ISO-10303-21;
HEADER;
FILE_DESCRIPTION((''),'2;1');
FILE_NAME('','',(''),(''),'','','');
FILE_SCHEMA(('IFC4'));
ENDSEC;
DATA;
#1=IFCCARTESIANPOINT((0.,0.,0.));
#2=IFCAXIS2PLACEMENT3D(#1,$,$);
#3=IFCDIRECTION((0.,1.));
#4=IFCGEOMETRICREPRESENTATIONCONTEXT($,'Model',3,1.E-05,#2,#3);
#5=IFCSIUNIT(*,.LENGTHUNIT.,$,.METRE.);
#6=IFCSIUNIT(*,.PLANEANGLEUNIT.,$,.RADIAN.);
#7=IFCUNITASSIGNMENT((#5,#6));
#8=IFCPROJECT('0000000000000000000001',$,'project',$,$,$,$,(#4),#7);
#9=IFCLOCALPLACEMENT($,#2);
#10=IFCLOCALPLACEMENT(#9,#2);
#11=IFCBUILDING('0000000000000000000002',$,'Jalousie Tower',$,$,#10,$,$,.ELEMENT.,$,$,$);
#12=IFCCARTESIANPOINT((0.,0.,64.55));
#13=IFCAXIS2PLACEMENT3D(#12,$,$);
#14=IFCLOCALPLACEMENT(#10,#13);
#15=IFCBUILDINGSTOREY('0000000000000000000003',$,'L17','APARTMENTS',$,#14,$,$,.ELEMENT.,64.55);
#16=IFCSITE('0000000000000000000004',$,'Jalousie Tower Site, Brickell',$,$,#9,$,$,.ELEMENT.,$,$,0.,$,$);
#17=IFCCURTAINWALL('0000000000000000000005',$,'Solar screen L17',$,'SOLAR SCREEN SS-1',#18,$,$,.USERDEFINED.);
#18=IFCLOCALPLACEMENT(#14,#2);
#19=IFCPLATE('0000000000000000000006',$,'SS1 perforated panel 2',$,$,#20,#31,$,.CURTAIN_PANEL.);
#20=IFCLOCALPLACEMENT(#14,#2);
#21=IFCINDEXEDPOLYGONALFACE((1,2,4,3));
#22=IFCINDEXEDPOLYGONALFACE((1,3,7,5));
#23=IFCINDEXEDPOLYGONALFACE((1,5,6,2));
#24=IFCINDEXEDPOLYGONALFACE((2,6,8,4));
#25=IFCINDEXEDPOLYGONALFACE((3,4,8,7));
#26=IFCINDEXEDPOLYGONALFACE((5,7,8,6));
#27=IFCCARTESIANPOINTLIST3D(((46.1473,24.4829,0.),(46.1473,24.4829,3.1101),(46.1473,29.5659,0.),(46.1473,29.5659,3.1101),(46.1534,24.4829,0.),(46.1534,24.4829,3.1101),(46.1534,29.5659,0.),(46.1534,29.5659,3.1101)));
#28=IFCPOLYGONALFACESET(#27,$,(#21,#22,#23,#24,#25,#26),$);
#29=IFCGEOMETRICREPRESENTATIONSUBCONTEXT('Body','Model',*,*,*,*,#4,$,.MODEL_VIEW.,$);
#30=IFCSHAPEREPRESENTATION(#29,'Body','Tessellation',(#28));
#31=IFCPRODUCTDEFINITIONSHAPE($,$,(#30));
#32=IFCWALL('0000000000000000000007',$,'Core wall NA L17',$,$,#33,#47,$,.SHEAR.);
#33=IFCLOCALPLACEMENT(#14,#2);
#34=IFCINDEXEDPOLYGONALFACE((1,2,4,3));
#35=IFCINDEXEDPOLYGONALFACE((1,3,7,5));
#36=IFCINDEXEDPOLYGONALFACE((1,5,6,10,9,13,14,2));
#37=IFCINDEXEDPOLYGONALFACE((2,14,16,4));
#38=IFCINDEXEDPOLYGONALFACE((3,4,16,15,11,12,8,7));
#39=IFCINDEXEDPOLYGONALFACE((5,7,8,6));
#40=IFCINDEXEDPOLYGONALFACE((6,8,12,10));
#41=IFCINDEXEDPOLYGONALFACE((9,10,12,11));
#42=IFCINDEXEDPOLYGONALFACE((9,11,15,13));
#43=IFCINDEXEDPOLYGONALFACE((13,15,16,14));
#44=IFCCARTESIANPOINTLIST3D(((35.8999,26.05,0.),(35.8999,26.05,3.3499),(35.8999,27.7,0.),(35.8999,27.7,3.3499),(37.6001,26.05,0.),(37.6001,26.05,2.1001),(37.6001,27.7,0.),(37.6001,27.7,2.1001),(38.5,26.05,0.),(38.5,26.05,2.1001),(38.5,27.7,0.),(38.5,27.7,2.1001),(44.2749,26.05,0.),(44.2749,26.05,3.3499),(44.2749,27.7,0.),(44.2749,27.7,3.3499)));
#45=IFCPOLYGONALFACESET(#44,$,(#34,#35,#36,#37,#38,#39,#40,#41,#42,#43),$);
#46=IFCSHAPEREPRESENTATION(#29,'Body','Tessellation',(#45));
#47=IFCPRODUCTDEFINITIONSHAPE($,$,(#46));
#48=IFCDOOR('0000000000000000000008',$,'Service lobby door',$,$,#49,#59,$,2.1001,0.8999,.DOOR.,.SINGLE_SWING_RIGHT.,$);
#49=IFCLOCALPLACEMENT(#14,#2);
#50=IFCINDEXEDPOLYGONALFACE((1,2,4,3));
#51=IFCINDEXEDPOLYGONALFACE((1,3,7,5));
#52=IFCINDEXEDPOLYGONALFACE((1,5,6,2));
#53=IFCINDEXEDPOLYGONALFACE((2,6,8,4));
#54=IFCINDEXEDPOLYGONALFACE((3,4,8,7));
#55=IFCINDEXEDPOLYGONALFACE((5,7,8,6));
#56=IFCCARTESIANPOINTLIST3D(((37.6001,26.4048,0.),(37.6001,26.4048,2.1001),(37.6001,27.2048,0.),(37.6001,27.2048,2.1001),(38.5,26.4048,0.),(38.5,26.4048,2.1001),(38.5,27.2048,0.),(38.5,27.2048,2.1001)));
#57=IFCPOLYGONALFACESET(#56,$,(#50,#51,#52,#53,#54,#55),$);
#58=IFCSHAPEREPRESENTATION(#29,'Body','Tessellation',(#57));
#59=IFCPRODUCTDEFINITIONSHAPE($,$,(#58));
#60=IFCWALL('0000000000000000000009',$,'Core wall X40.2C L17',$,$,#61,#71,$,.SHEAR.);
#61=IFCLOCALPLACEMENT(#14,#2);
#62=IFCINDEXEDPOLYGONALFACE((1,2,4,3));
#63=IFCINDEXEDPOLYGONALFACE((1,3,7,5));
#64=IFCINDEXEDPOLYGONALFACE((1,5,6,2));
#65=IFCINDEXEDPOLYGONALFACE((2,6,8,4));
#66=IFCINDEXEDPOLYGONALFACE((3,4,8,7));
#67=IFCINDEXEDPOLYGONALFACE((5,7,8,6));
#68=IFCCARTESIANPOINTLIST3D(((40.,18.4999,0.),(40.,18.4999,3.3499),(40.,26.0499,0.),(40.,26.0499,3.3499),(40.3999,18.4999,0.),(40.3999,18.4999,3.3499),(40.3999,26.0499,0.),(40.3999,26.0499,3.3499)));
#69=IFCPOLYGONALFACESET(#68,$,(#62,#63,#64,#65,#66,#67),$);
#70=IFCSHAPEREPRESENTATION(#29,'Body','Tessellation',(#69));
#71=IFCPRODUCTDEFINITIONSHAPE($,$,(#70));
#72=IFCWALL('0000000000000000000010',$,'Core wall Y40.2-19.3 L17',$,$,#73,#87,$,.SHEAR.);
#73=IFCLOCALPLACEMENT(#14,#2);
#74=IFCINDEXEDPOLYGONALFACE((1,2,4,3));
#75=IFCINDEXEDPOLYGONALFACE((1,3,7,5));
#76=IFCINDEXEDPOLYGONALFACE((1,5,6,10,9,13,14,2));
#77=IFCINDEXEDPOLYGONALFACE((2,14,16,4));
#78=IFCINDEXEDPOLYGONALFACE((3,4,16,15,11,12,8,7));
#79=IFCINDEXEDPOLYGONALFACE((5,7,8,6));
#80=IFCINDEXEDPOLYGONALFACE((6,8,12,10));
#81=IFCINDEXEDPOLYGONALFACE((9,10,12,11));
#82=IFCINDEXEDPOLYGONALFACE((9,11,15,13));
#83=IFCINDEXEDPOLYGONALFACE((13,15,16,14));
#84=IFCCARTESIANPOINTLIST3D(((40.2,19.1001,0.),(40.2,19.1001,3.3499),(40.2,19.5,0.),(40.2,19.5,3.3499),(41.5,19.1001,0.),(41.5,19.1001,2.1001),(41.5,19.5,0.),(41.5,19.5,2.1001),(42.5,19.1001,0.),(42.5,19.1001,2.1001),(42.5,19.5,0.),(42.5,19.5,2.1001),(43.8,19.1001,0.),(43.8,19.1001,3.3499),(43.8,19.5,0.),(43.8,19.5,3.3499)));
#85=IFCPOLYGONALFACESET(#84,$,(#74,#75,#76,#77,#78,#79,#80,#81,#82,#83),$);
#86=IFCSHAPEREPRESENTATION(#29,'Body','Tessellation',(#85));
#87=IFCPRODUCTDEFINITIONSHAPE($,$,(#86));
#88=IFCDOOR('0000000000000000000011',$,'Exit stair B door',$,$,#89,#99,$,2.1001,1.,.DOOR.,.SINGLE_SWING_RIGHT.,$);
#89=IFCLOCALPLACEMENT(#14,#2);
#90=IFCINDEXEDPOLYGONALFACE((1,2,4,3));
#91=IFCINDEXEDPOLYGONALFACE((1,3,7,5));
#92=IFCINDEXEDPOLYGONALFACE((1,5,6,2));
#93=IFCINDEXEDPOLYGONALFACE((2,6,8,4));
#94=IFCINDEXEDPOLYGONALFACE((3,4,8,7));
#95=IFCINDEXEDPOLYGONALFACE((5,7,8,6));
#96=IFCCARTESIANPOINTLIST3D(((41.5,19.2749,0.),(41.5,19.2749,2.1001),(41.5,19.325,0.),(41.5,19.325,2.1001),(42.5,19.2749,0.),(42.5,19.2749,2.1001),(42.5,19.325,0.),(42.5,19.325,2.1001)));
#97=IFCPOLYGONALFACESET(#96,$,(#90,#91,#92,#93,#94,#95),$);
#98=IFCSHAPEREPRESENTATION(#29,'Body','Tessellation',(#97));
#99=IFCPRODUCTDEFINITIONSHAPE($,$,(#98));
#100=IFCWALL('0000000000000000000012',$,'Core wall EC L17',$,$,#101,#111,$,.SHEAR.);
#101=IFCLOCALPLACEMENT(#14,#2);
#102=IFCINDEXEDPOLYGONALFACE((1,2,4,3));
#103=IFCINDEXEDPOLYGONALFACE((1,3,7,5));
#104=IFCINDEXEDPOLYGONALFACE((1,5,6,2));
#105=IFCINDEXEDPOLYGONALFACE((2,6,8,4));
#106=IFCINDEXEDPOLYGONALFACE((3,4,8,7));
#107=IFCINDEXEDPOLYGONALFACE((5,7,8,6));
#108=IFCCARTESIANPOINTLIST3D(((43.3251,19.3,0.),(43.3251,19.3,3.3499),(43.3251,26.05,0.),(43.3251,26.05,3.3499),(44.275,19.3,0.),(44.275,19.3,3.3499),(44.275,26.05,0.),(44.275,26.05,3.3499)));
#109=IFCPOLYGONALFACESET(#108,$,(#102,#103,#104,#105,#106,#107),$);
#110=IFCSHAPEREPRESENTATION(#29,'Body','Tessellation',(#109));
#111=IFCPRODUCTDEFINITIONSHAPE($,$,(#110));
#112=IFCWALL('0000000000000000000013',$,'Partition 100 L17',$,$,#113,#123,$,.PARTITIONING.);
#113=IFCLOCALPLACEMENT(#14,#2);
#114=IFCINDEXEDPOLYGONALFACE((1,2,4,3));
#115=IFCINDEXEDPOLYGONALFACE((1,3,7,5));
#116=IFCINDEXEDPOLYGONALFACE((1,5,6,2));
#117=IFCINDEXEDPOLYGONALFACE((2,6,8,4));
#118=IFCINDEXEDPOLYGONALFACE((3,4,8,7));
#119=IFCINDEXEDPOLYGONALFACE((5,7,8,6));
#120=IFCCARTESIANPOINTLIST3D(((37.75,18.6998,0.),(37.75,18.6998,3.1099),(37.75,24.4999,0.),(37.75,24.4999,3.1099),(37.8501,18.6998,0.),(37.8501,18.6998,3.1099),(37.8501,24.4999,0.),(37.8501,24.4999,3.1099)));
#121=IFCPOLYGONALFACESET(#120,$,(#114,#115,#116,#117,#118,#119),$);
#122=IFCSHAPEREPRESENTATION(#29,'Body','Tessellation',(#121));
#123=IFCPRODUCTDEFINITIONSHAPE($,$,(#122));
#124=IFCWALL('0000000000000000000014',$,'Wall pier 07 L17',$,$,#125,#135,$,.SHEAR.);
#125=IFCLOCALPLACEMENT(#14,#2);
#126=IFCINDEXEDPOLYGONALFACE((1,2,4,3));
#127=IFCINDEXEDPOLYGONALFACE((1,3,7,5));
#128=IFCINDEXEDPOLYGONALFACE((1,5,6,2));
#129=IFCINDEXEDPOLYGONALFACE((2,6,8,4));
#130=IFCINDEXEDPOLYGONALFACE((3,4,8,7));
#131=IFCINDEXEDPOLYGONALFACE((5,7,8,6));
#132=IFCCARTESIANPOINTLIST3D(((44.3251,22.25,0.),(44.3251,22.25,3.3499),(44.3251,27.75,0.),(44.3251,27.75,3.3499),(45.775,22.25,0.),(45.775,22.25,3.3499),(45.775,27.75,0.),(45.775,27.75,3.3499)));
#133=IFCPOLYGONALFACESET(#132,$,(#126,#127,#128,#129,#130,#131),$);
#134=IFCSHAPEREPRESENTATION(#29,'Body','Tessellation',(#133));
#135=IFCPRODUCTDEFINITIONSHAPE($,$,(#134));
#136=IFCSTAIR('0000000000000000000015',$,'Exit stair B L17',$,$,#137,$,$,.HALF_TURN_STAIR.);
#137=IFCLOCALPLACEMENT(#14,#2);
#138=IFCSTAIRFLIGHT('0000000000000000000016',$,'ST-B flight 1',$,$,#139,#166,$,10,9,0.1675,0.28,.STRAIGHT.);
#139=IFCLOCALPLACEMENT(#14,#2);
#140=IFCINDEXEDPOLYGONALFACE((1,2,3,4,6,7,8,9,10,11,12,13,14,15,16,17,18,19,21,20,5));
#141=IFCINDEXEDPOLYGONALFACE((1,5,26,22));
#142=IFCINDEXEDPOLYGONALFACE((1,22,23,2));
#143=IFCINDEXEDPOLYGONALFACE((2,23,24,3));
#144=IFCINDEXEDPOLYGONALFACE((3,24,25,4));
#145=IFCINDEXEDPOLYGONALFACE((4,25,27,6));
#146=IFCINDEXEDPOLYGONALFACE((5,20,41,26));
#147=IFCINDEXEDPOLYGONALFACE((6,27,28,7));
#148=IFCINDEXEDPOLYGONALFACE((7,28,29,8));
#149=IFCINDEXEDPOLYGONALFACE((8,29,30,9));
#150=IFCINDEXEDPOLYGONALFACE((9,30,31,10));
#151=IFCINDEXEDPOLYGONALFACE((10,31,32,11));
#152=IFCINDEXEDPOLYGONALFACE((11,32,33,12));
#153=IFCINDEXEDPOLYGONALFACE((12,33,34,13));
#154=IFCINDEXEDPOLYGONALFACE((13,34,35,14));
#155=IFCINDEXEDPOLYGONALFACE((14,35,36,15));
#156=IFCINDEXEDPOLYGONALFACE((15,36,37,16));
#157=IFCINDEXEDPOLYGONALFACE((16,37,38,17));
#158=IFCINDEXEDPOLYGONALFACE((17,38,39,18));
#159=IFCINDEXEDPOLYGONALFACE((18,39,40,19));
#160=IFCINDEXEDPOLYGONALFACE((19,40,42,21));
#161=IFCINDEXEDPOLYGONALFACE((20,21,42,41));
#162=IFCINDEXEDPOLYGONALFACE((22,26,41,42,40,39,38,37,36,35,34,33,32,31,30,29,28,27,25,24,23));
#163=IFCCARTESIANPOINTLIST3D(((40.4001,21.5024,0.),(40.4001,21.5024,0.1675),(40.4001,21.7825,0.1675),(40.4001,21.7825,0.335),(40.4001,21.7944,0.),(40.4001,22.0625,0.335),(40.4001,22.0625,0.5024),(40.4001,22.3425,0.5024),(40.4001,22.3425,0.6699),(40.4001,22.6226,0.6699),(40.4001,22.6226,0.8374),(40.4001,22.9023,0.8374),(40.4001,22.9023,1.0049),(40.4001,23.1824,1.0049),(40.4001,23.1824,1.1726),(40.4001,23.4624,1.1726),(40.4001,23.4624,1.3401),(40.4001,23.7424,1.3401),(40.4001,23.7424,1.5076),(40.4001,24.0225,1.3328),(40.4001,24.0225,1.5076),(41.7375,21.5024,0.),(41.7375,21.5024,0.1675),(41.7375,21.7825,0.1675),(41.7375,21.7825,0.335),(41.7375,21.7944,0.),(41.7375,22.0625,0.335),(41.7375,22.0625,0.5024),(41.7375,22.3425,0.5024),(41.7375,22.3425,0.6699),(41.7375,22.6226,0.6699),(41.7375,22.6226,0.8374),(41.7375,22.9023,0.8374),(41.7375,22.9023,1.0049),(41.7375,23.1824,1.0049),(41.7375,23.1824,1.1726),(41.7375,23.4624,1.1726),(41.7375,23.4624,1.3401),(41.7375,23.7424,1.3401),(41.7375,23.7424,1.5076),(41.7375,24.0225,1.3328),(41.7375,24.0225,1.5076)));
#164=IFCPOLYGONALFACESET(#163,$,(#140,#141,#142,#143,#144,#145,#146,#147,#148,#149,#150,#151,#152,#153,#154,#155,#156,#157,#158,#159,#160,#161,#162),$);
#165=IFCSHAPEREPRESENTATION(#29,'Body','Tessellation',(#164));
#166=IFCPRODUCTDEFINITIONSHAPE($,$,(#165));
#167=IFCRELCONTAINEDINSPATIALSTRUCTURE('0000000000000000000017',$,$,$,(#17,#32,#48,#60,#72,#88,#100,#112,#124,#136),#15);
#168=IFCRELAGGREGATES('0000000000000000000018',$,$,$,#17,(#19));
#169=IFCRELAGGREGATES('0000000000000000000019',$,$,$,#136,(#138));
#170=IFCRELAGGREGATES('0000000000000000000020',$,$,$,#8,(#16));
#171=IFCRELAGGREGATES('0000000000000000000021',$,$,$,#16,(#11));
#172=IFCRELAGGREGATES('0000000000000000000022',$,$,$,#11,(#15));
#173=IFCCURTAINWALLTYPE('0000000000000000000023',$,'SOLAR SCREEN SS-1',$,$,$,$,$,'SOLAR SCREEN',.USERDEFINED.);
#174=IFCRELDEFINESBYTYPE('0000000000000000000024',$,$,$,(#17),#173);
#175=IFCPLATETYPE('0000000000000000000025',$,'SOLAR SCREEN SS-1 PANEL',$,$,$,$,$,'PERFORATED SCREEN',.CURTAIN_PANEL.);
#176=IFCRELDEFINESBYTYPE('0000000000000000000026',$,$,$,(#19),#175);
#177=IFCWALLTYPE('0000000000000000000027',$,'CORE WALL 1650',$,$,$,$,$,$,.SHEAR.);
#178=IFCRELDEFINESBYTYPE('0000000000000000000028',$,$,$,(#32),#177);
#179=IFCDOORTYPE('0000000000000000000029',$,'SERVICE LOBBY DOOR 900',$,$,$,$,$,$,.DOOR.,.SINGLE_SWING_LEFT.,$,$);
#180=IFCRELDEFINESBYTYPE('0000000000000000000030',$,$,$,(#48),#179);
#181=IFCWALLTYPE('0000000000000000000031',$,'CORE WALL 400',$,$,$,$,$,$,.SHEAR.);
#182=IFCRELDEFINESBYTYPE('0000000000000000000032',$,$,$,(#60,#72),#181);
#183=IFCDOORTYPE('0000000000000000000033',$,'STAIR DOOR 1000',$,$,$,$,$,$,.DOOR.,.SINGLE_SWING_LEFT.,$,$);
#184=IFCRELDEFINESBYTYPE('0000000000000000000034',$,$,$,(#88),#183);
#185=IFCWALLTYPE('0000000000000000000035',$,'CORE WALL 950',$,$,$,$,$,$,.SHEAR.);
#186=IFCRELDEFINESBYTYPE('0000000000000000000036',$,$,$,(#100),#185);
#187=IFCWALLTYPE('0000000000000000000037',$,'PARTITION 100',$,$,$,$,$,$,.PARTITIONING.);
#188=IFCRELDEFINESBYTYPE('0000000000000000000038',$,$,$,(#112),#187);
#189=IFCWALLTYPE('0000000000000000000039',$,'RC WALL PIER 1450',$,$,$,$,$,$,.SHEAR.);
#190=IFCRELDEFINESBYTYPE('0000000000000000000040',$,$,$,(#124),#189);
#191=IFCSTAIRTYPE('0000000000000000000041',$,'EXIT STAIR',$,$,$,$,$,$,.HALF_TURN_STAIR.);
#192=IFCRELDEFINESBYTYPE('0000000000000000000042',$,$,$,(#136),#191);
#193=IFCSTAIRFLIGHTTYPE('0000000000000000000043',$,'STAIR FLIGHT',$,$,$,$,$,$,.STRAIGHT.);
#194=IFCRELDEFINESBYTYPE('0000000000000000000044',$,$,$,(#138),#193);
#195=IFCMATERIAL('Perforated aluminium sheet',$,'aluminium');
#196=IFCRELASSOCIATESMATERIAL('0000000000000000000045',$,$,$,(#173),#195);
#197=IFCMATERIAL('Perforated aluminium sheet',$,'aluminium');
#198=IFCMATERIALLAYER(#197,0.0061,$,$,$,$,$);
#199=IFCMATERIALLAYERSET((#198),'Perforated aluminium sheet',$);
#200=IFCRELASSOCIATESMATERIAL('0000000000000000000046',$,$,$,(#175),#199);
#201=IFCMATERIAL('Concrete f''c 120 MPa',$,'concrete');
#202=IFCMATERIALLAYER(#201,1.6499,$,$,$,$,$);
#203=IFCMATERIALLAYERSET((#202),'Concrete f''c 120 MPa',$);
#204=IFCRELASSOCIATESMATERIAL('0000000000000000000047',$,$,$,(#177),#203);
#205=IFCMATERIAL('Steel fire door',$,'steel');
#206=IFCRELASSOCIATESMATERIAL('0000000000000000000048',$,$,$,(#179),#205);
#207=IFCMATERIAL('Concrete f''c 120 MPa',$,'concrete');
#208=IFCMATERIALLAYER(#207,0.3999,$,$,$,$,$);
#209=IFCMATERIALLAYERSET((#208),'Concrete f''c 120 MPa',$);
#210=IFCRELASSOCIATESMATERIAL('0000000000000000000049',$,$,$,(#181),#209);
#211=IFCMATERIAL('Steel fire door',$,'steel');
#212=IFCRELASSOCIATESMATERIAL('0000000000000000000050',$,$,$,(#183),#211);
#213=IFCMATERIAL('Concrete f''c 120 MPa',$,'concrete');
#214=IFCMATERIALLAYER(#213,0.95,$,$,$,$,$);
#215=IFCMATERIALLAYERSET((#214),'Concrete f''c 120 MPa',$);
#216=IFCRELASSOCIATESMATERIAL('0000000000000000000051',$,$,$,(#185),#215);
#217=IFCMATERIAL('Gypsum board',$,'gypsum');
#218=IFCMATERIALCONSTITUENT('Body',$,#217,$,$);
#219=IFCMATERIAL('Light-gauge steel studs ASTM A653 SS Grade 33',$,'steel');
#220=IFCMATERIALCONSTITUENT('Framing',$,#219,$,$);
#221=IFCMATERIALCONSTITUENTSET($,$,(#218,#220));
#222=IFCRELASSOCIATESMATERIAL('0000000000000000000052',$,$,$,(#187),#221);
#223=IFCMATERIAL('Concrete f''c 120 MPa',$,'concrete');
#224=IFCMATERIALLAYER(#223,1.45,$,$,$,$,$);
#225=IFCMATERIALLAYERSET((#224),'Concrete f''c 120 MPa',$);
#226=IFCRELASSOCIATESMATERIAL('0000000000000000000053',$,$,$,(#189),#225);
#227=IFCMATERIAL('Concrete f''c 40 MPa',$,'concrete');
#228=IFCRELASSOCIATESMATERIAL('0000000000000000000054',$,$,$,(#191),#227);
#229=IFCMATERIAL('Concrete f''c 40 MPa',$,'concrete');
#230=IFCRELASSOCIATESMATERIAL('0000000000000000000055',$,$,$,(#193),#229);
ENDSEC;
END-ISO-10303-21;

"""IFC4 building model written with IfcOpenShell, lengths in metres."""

from ifc_helpers import new_model, si_unit, direction, frame, frame_2d, origin, origin_2d, place, context, subcontext, project, spatial, polyline, rectangle, outline, extrude, material, layer, layer_set, constituent, constituent_set, type_object, element, fill, aggregate, save


model = new_model("IFC4")

# Units and contexts
model_context = context("Model", 3, precision=1e-05, world=origin(), true_north=direction((0.0, 1.0)))
body_context = subcontext(model_context, "Body", "Model", "MODEL_VIEW")
ifc_project = project(units=[si_unit("LENGTHUNIT", "METRE"), si_unit("PLANEANGLEUNIT", "RADIAN")], contexts=[model_context])

# Site, building, storey
site_placement = place(None, origin())
site = spatial("IfcSite", under=ifc_project, at=site_placement, Name="Jalousie Tower Site, Brickell", CompositionType="ELEMENT", RefElevation=0.0)
building_placement = place(site_placement, origin())
building = spatial("IfcBuilding", under=site, at=building_placement, Name="Jalousie Tower", CompositionType="ELEMENT")
storey_placement = place(building_placement, frame((0.0, 0.0, 64.55)))
storey = spatial("IfcBuildingStorey", under=building, at=storey_placement, Name="L17", Description="APARTMENTS", CompositionType="ELEMENT", Elevation=64.55)

# Shared definitions
ifc_material_1 = material(Name="Perforated aluminium sheet", Category="aluminium")
curtain_wall_type = type_object("IfcCurtainWallType", Name="SOLAR SCREEN SS-1", ElementType="SOLAR SCREEN", PredefinedType="USERDEFINED", material=ifc_material_1)

# Curtain wall, plate
curtain_wall_1_placement = place(storey_placement, origin())
curtain_wall_1 = element("IfcCurtainWall", 1, at=curtain_wall_1_placement, inside=storey, type_object=curtain_wall_type, Name="Solar screen L17", ObjectType="SOLAR SCREEN SS-1", PredefinedType="USERDEFINED")
ifc_material_2 = material(Name="Perforated aluminium sheet", Category="aluminium")
ifc_layer_1 = layer(ifc_material_2, 0.0061)
ifc_layer_set_1 = layer_set([ifc_layer_1], Name="Perforated aluminium sheet")
plate_type = type_object("IfcPlateType", Name="SOLAR SCREEN SS-1 PANEL", ElementType="PERFORATED SCREEN", PredefinedType="CURTAIN_PANEL", material=ifc_layer_set_1)
plate_1_placement = place(storey_placement, frame((46.1504, 27.0244, 0.0), z_axis=(0.0, 0.0, 1.0), x_axis=(0.0, 1.0, 0.0)))
plate_1 = element("IfcPlate", 2, at=plate_1_placement, type_object=plate_type, Name="SS1 perforated panel 2", PredefinedType="CURTAIN_PANEL", context=body_context, shape_type="SweptSolid", body=[
    extrude(rectangle(XDim=5.083, YDim=0.0061, at=origin_2d()), origin(), (0.0, 0.0, 1.0), 3.1101),
])
aggregate(curtain_wall_1, [plate_1])

# Wall, opening, door
ifc_material_3 = material(Name="Concrete f'c 120 MPa", Category="concrete")
ifc_layer_2 = layer(ifc_material_3, 1.6499)
ifc_layer_set_2 = layer_set([ifc_layer_2], Name="Concrete f'c 120 MPa")
wall_type_1 = type_object("IfcWallType", Name="CORE WALL 1650", PredefinedType="SHEAR", material=ifc_layer_set_2)
wall_1_placement = place(storey_placement, frame((44.2749, 26.875, 0.0), z_axis=(0.0, 0.0, 1.0), x_axis=(-1.0, 0.0, 0.0)))
wall_1 = element("IfcWall", 3, at=wall_1_placement, inside=storey, type_object=wall_type_1, Name="Core wall NA L17", PredefinedType="SHEAR", context=body_context, shape_type="SweptSolid", body=[
    extrude(rectangle(XDim=8.375, YDim=1.6499, at=frame_2d((4.1875, 0.0))), origin(), (0.0, 0.0, 1.0), 3.3499),
])
opening_1_placement = place(wall_1_placement, frame((5.7749, 0.0, 0.0)))
opening_1 = element("IfcOpeningElement", 4, at=opening_1_placement, cuts=wall_1, PredefinedType="OPENING", context=body_context, shape_type="SweptSolid", body=[
    extrude(rectangle(XDim=0.8999, YDim=2.1001, at=frame_2d((0.45, 1.05))), frame((0.0, 0.835, 0.0), z_axis=(0.0, -1.0, 0.0), x_axis=(1.0, 0.0, 0.0)), (0.0, 0.0, 1.0), 1.6699),
])
ifc_material_4 = material(Name="Steel fire door", Category="steel")
door_type_1 = type_object("IfcDoorType", Name="SERVICE LOBBY DOOR 900", OperationType="SINGLE_SWING_LEFT", PredefinedType="DOOR", material=ifc_material_4)
door_1_placement = place(opening_1_placement, origin())
door_1 = element("IfcDoor", 5, at=door_1_placement, inside=storey, type_object=door_type_1, Name="Service lobby door", OperationType="SINGLE_SWING_RIGHT", OverallHeight=2.1001, OverallWidth=0.8999, PredefinedType="DOOR", context=body_context, shape_type="SweptSolid", body=[
    extrude(rectangle(XDim=0.8999, YDim=2.1001, at=frame_2d((0.45, 1.05))), frame((0.0, 0.4702, 0.0), z_axis=(0.0, -1.0, 0.0), x_axis=(1.0, 0.0, 0.0)), (0.0, 0.0, 1.0), 0.8),
])
fill(opening_1, door_1)

# Wall
ifc_material_5 = material(Name="Concrete f'c 120 MPa", Category="concrete")
ifc_layer_3 = layer(ifc_material_5, 0.3999)
ifc_layer_set_3 = layer_set([ifc_layer_3], Name="Concrete f'c 120 MPa")
wall_type_2 = type_object("IfcWallType", Name="CORE WALL 400", PredefinedType="SHEAR", material=ifc_layer_set_3)
wall_2_placement = place(storey_placement, frame((40.2, 18.5, 0.0), z_axis=(0.0, 0.0, 1.0), x_axis=(0.0, 1.0, 0.0)))
element("IfcWall", 6, at=wall_2_placement, inside=storey, type_object=wall_type_2, Name="Core wall X40.2C L17", PredefinedType="SHEAR", context=body_context, shape_type="SweptSolid", body=[
    extrude(rectangle(XDim=7.55, YDim=0.3999, at=frame_2d((3.7749, 0.0))), origin(), (0.0, 0.0, 1.0), 3.3499),
])

# Wall, opening, door
wall_3_placement = place(storey_placement, frame((40.2, 19.3, 0.0), z_axis=(0.0, 0.0, 1.0), x_axis=(1.0, 0.0, 0.0)))
wall_3 = element("IfcWall", 7, at=wall_3_placement, inside=storey, type_object=wall_type_2, Name="Core wall Y40.2-19.3 L17", PredefinedType="SHEAR", context=body_context, shape_type="SweptSolid", body=[
    extrude(rectangle(XDim=3.6001, YDim=0.3999, at=frame_2d((1.8, 0.0))), origin(), (0.0, 0.0, 1.0), 3.3499),
])
opening_2_placement = place(wall_3_placement, frame((1.3, 0.0, 0.0)))
opening_2 = element("IfcOpeningElement", 8, at=opening_2_placement, cuts=wall_3, PredefinedType="OPENING", context=body_context, shape_type="SweptSolid", body=[
    extrude(rectangle(XDim=1.0, YDim=2.1001, at=frame_2d((0.5, 1.05))), frame((0.0, 0.21, 0.0), z_axis=(0.0, -1.0, 0.0), x_axis=(1.0, 0.0, 0.0)), (0.0, 0.0, 1.0), 0.4199),
])
ifc_material_6 = material(Name="Steel fire door", Category="steel")
door_type_2 = type_object("IfcDoorType", Name="STAIR DOOR 1000", OperationType="SINGLE_SWING_LEFT", PredefinedType="DOOR", material=ifc_material_6)
door_2_placement = place(opening_2_placement, origin())
door_2 = element("IfcDoor", 9, at=door_2_placement, inside=storey, type_object=door_type_2, Name="Exit stair B door", OperationType="SINGLE_SWING_RIGHT", OverallHeight=2.1001, OverallWidth=1.0, PredefinedType="DOOR", context=body_context, shape_type="SweptSolid", body=[
    extrude(rectangle(XDim=1.0, YDim=2.1001, at=frame_2d((0.5, 1.05))), frame((0.0, 0.0249, 0.0), z_axis=(0.0, -1.0, 0.0), x_axis=(1.0, 0.0, 0.0)), (0.0, 0.0, 1.0), 0.05),
])
fill(opening_2, door_2)

# Walls
ifc_material_7 = material(Name="Concrete f'c 120 MPa", Category="concrete")
ifc_layer_4 = layer(ifc_material_7, 0.95)
ifc_layer_set_4 = layer_set([ifc_layer_4], Name="Concrete f'c 120 MPa")
wall_type_3 = type_object("IfcWallType", Name="CORE WALL 950", PredefinedType="SHEAR", material=ifc_layer_set_4)
wall_4_placement = place(storey_placement, frame((43.8, 19.3, 0.0), z_axis=(0.0, 0.0, 1.0), x_axis=(0.0, 1.0, 0.0)))
element("IfcWall", 10, at=wall_4_placement, inside=storey, type_object=wall_type_3, Name="Core wall EC L17", PredefinedType="SHEAR", context=body_context, shape_type="SweptSolid", body=[
    extrude(rectangle(XDim=6.75, YDim=0.95, at=frame_2d((3.375, 0.0))), origin(), (0.0, 0.0, 1.0), 3.3499),
])
ifc_material_8 = material(Name="Gypsum board", Category="gypsum")
ifc_constituent_1 = constituent(ifc_material_8, Name="Body")
ifc_material_9 = material(Name="Light-gauge steel studs ASTM A653 SS Grade 33", Category="steel")
ifc_constituent_2 = constituent(ifc_material_9, Name="Framing")
ifc_constituent_set_1 = constituent_set(constituents=[ifc_constituent_1, ifc_constituent_2])
wall_type_4 = type_object("IfcWallType", Name="PARTITION 100", PredefinedType="PARTITIONING", material=ifc_constituent_set_1)
wall_5_placement = place(storey_placement, frame((37.8, 18.7, 0.0), z_axis=(0.0, 0.0, 1.0), x_axis=(0.0, 1.0, 0.0)))
element("IfcWall", 11, at=wall_5_placement, inside=storey, type_object=wall_type_4, Name="Partition 100 L17", PredefinedType="PARTITIONING", context=body_context, shape_type="SweptSolid", body=[
    extrude(rectangle(XDim=5.8, YDim=0.1001, at=frame_2d((2.8999, 0.0))), origin(), (0.0, 0.0, 1.0), 3.1099),
])
ifc_material_10 = material(Name="Concrete f'c 120 MPa", Category="concrete")
ifc_layer_5 = layer(ifc_material_10, 1.45)
ifc_layer_set_5 = layer_set([ifc_layer_5], Name="Concrete f'c 120 MPa")
wall_type_5 = type_object("IfcWallType", Name="RC WALL PIER 1450", PredefinedType="SHEAR", material=ifc_layer_set_5)
wall_6_placement = place(storey_placement, frame((45.05, 22.25, 0.0), z_axis=(0.0, 0.0, 1.0), x_axis=(0.0, 1.0, 0.0)))
element("IfcWall", 12, at=wall_6_placement, inside=storey, type_object=wall_type_5, Name="Wall pier 07 L17", PredefinedType="SHEAR", context=body_context, shape_type="SweptSolid", body=[
    extrude(rectangle(XDim=5.5, YDim=1.45, at=frame_2d((2.75, 0.0))), origin(), (0.0, 0.0, 1.0), 3.3499),
])

# Stair, stair flight
ifc_material_11 = material(Name="Concrete f'c 40 MPa", Category="concrete")
stair_type = type_object("IfcStairType", Name="EXIT STAIR", PredefinedType="HALF_TURN_STAIR", material=ifc_material_11)
stair_placement = place(storey_placement, origin())
stair = element("IfcStair", 13, at=stair_placement, inside=storey, type_object=stair_type, Name="Exit stair B L17", PredefinedType="HALF_TURN_STAIR")
ifc_material_12 = material(Name="Concrete f'c 40 MPa", Category="concrete")
stair_flight_type = type_object("IfcStairFlightType", Name="STAIR FLIGHT", PredefinedType="STRAIGHT", material=ifc_material_12)
stair_flight_1_placement = place(storey_placement, frame((41.0688, 21.5024, 0.0), z_axis=(0.0, 0.0, 1.0), x_axis=(0.0, 1.0, 0.0)))
stair_flight_1 = element("IfcStairFlight", 14, at=stair_flight_1_placement, type_object=stair_flight_type, Name="ST-B flight 1", NumberOfRisers=10, NumberOfTreads=9, PredefinedType="STRAIGHT", RiserHeight=0.1675, TreadLength=0.28, context=body_context, shape_type="SweptSolid", body=[
    extrude(outline(polyline([(0.0, 0.0), (0.0, 0.1675), (0.28, 0.1675), (0.28, 0.335), (0.5601, 0.335), (0.5601, 0.5024), (0.8401, 0.5024), (0.8401, 0.6699), (1.1201, 0.6699), (1.1201, 0.8374), (1.3999, 0.8374), (1.3999, 1.0049), (1.6799, 1.0049), (1.6799, 1.1726), (1.96, 1.1726), (1.96, 1.3401), (2.24, 1.3401), (2.24, 1.5076), (2.52, 1.5076), (2.52, 1.675), (2.52, 1.3328), (0.292, 0.0), (0.0, 0.0)])), frame((0.0, 0.6687, 0.0), z_axis=(0.0, -1.0, 0.0), x_axis=(1.0, 0.0, 0.0)), (0.0, 0.0, 1.0), 1.3374),
])
aggregate(stair, [stair_flight_1])

save(model, "model.ifc")
